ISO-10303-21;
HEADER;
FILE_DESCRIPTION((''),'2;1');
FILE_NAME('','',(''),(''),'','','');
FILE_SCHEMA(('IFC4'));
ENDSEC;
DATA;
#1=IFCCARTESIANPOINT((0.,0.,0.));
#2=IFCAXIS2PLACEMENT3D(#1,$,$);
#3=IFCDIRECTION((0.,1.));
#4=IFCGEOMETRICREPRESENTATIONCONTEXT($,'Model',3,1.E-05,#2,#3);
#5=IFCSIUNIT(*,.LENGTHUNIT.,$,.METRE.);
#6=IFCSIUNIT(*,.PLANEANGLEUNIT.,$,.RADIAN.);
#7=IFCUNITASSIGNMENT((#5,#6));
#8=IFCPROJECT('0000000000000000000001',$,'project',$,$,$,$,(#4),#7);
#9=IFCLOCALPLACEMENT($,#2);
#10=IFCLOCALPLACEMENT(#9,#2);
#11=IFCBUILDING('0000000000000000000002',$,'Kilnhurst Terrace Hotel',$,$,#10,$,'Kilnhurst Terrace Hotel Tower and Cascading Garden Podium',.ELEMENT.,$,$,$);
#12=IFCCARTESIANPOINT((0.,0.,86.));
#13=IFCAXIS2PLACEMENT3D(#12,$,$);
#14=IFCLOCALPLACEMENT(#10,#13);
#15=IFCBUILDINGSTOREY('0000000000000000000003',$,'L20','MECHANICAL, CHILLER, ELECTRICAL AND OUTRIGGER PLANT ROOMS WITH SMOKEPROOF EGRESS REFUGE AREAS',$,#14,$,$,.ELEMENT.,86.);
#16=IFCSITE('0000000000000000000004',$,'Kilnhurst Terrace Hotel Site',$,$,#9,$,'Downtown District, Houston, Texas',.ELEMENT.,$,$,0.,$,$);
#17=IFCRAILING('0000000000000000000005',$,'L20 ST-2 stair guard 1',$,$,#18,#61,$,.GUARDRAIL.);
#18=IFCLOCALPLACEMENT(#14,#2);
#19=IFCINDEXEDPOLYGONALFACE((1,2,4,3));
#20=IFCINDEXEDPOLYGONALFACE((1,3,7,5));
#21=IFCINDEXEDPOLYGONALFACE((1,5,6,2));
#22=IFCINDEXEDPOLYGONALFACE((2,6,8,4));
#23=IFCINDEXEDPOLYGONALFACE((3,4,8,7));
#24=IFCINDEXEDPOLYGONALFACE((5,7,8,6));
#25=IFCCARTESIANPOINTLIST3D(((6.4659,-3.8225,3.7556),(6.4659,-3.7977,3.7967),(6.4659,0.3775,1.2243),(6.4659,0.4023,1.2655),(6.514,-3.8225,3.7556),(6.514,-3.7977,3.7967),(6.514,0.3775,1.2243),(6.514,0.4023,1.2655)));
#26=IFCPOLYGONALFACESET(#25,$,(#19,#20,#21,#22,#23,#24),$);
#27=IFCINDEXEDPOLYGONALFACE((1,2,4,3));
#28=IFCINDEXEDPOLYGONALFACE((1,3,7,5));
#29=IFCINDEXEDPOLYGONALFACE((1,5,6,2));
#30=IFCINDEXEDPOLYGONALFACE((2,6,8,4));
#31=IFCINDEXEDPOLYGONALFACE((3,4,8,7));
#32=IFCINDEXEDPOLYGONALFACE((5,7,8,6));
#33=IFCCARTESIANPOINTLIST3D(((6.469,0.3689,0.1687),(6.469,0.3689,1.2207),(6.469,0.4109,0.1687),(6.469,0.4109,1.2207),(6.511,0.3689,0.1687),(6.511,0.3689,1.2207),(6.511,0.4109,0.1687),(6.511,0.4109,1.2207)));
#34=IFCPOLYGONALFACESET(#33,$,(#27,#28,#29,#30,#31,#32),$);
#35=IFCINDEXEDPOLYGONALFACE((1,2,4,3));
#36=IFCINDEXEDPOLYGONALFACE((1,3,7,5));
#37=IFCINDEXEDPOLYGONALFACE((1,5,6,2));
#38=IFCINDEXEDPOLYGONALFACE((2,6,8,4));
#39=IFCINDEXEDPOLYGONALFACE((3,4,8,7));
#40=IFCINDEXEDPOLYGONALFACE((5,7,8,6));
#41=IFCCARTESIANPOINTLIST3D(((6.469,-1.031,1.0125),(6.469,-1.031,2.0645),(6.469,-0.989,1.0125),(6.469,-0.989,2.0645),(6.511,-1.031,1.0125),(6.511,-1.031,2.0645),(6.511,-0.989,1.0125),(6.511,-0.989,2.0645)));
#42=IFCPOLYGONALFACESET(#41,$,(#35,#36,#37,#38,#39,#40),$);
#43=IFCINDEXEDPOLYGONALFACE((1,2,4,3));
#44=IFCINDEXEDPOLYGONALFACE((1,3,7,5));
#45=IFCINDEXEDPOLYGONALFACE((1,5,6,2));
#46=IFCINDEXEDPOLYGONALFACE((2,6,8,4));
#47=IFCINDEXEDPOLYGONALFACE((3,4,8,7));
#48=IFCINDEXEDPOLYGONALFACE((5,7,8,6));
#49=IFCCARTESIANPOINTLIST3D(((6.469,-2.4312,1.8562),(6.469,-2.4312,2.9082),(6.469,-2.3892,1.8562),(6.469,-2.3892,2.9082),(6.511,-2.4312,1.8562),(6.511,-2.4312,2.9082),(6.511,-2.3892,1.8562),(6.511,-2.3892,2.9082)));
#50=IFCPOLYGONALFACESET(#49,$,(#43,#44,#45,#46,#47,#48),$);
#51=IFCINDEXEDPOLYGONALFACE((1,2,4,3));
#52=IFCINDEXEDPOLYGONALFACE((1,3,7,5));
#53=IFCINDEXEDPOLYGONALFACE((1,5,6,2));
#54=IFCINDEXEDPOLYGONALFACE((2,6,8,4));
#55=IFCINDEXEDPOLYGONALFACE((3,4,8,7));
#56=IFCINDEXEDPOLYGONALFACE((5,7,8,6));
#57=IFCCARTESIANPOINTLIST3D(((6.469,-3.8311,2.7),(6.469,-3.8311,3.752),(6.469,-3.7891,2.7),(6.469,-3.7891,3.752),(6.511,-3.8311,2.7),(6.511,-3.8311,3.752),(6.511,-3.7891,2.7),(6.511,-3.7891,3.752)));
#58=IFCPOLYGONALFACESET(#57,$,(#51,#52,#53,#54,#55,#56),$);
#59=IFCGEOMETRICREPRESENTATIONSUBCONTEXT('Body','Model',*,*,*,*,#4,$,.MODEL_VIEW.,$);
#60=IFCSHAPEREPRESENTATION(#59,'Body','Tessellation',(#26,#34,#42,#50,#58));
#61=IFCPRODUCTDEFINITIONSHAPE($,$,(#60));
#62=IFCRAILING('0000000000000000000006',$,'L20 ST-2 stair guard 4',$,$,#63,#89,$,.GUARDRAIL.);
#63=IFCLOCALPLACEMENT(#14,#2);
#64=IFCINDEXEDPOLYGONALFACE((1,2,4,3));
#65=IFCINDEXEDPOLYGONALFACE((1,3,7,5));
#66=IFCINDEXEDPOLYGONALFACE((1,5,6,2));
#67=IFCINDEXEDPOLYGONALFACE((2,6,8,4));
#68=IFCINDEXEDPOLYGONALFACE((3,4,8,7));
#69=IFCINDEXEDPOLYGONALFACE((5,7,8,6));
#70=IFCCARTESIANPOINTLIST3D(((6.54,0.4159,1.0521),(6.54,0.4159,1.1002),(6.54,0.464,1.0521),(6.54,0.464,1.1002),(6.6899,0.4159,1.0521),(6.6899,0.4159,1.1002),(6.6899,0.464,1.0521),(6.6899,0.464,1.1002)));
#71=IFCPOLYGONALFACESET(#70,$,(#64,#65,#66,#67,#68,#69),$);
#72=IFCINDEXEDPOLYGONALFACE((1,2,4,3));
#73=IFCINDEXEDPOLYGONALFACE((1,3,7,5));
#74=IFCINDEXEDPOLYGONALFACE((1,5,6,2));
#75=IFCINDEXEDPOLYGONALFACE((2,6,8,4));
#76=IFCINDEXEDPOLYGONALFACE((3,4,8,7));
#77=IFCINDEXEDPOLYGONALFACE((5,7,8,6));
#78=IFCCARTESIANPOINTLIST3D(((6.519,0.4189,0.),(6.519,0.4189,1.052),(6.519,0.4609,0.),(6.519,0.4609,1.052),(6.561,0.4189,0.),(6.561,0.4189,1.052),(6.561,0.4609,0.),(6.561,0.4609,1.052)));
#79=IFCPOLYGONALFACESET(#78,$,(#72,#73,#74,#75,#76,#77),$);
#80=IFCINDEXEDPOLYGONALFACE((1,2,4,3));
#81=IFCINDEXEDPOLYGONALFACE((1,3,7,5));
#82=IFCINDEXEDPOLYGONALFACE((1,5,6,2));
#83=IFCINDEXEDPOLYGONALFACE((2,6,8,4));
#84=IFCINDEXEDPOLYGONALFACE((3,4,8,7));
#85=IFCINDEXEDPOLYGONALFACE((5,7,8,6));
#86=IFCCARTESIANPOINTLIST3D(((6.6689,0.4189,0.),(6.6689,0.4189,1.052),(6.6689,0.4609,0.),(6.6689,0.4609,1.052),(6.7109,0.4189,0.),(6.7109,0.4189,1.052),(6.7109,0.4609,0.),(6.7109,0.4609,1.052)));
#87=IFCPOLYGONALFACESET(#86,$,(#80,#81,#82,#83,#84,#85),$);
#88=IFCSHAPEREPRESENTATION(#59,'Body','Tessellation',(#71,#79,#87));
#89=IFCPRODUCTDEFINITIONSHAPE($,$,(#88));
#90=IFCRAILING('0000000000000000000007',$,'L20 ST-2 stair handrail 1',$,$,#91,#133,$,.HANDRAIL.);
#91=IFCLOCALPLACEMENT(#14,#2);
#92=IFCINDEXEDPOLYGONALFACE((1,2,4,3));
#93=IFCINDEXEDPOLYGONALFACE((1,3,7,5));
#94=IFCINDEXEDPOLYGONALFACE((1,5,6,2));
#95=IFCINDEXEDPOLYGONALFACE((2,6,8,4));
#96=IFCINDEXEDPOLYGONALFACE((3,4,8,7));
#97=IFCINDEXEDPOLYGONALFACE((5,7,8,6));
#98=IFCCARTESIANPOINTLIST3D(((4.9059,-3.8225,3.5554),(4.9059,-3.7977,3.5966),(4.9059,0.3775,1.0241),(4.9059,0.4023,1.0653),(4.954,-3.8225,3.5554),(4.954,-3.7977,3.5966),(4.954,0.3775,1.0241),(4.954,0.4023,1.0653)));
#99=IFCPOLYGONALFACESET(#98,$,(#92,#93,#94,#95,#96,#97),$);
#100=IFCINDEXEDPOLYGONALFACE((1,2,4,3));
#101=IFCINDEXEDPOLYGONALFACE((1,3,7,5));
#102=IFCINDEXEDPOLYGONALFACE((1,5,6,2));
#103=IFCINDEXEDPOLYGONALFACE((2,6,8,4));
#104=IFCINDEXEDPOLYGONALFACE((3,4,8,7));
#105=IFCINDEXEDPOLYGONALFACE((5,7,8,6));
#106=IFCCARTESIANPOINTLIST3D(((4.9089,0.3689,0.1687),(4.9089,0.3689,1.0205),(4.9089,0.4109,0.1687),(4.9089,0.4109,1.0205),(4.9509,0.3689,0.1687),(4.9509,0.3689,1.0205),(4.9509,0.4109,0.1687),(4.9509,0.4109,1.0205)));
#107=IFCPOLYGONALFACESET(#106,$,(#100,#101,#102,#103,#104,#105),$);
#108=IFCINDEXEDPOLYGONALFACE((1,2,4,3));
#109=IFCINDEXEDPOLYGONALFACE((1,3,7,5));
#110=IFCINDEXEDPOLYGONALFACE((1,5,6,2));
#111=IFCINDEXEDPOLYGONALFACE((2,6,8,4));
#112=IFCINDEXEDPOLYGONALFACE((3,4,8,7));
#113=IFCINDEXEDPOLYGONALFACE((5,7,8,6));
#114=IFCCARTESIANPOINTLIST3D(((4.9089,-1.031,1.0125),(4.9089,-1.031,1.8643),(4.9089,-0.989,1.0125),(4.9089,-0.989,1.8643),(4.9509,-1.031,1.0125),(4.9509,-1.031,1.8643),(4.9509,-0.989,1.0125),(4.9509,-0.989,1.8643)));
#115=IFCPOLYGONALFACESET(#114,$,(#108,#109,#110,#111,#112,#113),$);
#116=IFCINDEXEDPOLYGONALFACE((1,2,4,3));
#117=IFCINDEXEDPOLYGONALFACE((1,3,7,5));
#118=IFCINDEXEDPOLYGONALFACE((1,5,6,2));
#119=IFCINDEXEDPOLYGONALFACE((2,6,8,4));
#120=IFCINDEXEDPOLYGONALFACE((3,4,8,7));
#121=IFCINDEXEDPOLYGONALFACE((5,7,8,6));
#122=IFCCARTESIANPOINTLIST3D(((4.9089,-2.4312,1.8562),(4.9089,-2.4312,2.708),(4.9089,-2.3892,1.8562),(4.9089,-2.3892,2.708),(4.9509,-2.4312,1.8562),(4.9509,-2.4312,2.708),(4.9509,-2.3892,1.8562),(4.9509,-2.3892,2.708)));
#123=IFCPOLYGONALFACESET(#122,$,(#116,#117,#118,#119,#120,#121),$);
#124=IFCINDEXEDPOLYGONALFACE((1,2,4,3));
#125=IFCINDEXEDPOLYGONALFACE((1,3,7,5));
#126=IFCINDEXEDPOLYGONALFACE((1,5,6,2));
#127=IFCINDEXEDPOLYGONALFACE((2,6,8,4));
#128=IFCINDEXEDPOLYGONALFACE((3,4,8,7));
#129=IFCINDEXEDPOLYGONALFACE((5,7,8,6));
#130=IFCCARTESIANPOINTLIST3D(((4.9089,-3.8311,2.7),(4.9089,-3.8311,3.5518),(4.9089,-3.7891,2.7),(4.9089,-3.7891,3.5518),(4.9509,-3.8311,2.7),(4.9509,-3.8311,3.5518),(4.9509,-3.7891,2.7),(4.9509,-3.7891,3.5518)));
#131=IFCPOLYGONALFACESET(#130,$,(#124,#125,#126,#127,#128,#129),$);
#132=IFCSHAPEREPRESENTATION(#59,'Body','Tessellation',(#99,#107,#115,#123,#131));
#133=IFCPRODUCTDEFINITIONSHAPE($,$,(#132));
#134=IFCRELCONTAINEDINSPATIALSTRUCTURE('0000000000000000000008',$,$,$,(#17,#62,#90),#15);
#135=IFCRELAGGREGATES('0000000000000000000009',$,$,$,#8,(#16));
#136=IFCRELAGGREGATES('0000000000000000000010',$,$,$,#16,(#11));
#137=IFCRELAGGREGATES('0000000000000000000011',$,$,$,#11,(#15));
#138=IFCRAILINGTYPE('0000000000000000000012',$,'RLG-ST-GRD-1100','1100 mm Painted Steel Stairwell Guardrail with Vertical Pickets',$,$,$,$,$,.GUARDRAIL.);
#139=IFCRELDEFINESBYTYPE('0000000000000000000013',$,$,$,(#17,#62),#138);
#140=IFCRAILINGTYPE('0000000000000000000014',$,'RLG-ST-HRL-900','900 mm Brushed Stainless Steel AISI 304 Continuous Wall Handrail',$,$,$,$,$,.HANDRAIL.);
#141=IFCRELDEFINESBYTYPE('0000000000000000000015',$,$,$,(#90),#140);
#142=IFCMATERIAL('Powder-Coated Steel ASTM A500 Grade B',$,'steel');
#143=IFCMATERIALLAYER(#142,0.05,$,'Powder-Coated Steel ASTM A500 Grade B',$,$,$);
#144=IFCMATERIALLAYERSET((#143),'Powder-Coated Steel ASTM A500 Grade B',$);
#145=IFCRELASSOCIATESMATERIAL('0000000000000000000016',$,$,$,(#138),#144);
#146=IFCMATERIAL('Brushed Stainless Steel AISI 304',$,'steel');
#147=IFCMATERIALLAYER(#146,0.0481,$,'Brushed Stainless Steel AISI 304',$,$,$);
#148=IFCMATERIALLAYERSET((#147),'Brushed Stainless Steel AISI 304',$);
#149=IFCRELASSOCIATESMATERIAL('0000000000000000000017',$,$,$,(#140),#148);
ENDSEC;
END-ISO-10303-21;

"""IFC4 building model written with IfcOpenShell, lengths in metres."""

from ifc_helpers import new_model, si_unit, direction, frame, origin, origin_2d, place, context, subcontext, project, spatial, rectangle, extrude, material, layer, layer_set, type_object, element, save


model = new_model("IFC4")

# Units and contexts
model_context = context("Model", 3, precision=1e-05, world=origin(), true_north=direction((0.0, 1.0)))
body_context = subcontext(model_context, "Body", "Model", "MODEL_VIEW")
ifc_project = project(units=[si_unit("LENGTHUNIT", "METRE"), si_unit("PLANEANGLEUNIT", "RADIAN")], contexts=[model_context])

# Site, building, storey
site_placement = place(None, origin())
site = spatial("IfcSite", under=ifc_project, at=site_placement, Name="Kilnhurst Terrace Hotel Site", LongName="Downtown District, Houston, Texas", CompositionType="ELEMENT", RefElevation=0.0)
building_placement = place(site_placement, origin())
building = spatial("IfcBuilding", under=site, at=building_placement, Name="Kilnhurst Terrace Hotel", LongName="Kilnhurst Terrace Hotel Tower and Cascading Garden Podium", CompositionType="ELEMENT")
storey_placement = place(building_placement, frame((0.0, 0.0, 86.0)))
storey = spatial("IfcBuildingStorey", under=building, at=storey_placement, Name="L20", Description="MECHANICAL, CHILLER, ELECTRICAL AND OUTRIGGER PLANT ROOMS WITH SMOKEPROOF EGRESS REFUGE AREAS", CompositionType="ELEMENT", Elevation=86.0)

# Railings
ifc_material_1 = material(Name="Powder-Coated Steel ASTM A500 Grade B", Category="steel")
ifc_layer_1 = layer(ifc_material_1, 0.05, Name="Powder-Coated Steel ASTM A500 Grade B")
ifc_layer_set_1 = layer_set([ifc_layer_1], Name="Powder-Coated Steel ASTM A500 Grade B")
railing_type_1 = type_object("IfcRailingType", Name="RLG-ST-GRD-1100", Description="1100 mm Painted Steel Stairwell Guardrail with Vertical Pickets", PredefinedType="GUARDRAIL", material=ifc_layer_set_1)
railing_1_placement = place(storey_placement, frame((6.49, 0.3899, 0.1687)))
element("IfcRailing", 1, at=railing_1_placement, inside=storey, type_object=railing_type_1, Name="L20 ST-2 stair guard 1", PredefinedType="GUARDRAIL", context=body_context, shape_type="SweptSolid", body=[
    extrude(rectangle(XDim=0.0481, YDim=0.0481, at=origin_2d()), frame((0.0, 0.0, 1.0762), z_axis=(0.0, -0.856476, 0.516186), x_axis=(1.0, 0.0, 0.0)), (0.0, 0.0, 1.0), 4.9038),
    extrude(rectangle(XDim=0.042, YDim=0.042, at=origin_2d()), origin(), (0.0, 0.0, 1.0), 1.052),
    extrude(rectangle(XDim=0.042, YDim=0.042, at=origin_2d()), frame((0.0, -1.3999, 0.8438)), (0.0, 0.0, 1.0), 1.052),
    extrude(rectangle(XDim=0.042, YDim=0.042, at=origin_2d()), frame((0.0, -2.8, 1.6875)), (0.0, 0.0, 1.0), 1.052),
    extrude(rectangle(XDim=0.042, YDim=0.042, at=origin_2d()), frame((0.0, -4.2, 2.5312)), (0.0, 0.0, 1.0), 1.052),
])
railing_2_placement = place(storey_placement, frame((6.54, 0.4399, 0.0)))
element("IfcRailing", 2, at=railing_2_placement, inside=storey, type_object=railing_type_1, Name="L20 ST-2 stair guard 4", PredefinedType="GUARDRAIL", context=body_context, shape_type="SweptSolid", body=[
    extrude(rectangle(XDim=0.0481, YDim=0.0481, at=origin_2d()), frame((0.0, 0.0, 1.0762), z_axis=(1.0, 0.0, 0.0), x_axis=(0.0, 1.0, 0.0)), (0.0, 0.0, 1.0), 0.1499),
    extrude(rectangle(XDim=0.042, YDim=0.042, at=origin_2d()), origin(), (0.0, 0.0, 1.0), 1.052),
    extrude(rectangle(XDim=0.042, YDim=0.042, at=origin_2d()), frame((0.1499, 0.0, 0.0)), (0.0, 0.0, 1.0), 1.052),
])
ifc_material_2 = material(Name="Brushed Stainless Steel AISI 304", Category="steel")
ifc_layer_2 = layer(ifc_material_2, 0.0481, Name="Brushed Stainless Steel AISI 304")
ifc_layer_set_2 = layer_set([ifc_layer_2], Name="Brushed Stainless Steel AISI 304")
railing_type_2 = type_object("IfcRailingType", Name="RLG-ST-HRL-900", Description="900 mm Brushed Stainless Steel AISI 304 Continuous Wall Handrail", PredefinedType="HANDRAIL", material=ifc_layer_set_2)
railing_3_placement = place(storey_placement, frame((4.9299, 0.3899, 0.1687)))
element("IfcRailing", 3, at=railing_3_placement, inside=storey, type_object=railing_type_2, Name="L20 ST-2 stair handrail 1", PredefinedType="HANDRAIL", context=body_context, shape_type="SweptSolid", body=[
    extrude(rectangle(XDim=0.0481, YDim=0.0481, at=origin_2d()), frame((0.0, 0.0, 0.876), z_axis=(0.0, -0.856476, 0.516186), x_axis=(1.0, 0.0, 0.0)), (0.0, 0.0, 1.0), 4.9038),
    extrude(rectangle(XDim=0.042, YDim=0.042, at=origin_2d()), origin(), (0.0, 0.0, 1.0), 0.8518),
    extrude(rectangle(XDim=0.042, YDim=0.042, at=origin_2d()), frame((0.0, -1.3999, 0.8438)), (0.0, 0.0, 1.0), 0.8518),
    extrude(rectangle(XDim=0.042, YDim=0.042, at=origin_2d()), frame((0.0, -2.8, 1.6875)), (0.0, 0.0, 1.0), 0.8518),
    extrude(rectangle(XDim=0.042, YDim=0.042, at=origin_2d()), frame((0.0, -4.2, 2.5312)), (0.0, 0.0, 1.0), 0.8518),
])

save(model, "model.ifc")
